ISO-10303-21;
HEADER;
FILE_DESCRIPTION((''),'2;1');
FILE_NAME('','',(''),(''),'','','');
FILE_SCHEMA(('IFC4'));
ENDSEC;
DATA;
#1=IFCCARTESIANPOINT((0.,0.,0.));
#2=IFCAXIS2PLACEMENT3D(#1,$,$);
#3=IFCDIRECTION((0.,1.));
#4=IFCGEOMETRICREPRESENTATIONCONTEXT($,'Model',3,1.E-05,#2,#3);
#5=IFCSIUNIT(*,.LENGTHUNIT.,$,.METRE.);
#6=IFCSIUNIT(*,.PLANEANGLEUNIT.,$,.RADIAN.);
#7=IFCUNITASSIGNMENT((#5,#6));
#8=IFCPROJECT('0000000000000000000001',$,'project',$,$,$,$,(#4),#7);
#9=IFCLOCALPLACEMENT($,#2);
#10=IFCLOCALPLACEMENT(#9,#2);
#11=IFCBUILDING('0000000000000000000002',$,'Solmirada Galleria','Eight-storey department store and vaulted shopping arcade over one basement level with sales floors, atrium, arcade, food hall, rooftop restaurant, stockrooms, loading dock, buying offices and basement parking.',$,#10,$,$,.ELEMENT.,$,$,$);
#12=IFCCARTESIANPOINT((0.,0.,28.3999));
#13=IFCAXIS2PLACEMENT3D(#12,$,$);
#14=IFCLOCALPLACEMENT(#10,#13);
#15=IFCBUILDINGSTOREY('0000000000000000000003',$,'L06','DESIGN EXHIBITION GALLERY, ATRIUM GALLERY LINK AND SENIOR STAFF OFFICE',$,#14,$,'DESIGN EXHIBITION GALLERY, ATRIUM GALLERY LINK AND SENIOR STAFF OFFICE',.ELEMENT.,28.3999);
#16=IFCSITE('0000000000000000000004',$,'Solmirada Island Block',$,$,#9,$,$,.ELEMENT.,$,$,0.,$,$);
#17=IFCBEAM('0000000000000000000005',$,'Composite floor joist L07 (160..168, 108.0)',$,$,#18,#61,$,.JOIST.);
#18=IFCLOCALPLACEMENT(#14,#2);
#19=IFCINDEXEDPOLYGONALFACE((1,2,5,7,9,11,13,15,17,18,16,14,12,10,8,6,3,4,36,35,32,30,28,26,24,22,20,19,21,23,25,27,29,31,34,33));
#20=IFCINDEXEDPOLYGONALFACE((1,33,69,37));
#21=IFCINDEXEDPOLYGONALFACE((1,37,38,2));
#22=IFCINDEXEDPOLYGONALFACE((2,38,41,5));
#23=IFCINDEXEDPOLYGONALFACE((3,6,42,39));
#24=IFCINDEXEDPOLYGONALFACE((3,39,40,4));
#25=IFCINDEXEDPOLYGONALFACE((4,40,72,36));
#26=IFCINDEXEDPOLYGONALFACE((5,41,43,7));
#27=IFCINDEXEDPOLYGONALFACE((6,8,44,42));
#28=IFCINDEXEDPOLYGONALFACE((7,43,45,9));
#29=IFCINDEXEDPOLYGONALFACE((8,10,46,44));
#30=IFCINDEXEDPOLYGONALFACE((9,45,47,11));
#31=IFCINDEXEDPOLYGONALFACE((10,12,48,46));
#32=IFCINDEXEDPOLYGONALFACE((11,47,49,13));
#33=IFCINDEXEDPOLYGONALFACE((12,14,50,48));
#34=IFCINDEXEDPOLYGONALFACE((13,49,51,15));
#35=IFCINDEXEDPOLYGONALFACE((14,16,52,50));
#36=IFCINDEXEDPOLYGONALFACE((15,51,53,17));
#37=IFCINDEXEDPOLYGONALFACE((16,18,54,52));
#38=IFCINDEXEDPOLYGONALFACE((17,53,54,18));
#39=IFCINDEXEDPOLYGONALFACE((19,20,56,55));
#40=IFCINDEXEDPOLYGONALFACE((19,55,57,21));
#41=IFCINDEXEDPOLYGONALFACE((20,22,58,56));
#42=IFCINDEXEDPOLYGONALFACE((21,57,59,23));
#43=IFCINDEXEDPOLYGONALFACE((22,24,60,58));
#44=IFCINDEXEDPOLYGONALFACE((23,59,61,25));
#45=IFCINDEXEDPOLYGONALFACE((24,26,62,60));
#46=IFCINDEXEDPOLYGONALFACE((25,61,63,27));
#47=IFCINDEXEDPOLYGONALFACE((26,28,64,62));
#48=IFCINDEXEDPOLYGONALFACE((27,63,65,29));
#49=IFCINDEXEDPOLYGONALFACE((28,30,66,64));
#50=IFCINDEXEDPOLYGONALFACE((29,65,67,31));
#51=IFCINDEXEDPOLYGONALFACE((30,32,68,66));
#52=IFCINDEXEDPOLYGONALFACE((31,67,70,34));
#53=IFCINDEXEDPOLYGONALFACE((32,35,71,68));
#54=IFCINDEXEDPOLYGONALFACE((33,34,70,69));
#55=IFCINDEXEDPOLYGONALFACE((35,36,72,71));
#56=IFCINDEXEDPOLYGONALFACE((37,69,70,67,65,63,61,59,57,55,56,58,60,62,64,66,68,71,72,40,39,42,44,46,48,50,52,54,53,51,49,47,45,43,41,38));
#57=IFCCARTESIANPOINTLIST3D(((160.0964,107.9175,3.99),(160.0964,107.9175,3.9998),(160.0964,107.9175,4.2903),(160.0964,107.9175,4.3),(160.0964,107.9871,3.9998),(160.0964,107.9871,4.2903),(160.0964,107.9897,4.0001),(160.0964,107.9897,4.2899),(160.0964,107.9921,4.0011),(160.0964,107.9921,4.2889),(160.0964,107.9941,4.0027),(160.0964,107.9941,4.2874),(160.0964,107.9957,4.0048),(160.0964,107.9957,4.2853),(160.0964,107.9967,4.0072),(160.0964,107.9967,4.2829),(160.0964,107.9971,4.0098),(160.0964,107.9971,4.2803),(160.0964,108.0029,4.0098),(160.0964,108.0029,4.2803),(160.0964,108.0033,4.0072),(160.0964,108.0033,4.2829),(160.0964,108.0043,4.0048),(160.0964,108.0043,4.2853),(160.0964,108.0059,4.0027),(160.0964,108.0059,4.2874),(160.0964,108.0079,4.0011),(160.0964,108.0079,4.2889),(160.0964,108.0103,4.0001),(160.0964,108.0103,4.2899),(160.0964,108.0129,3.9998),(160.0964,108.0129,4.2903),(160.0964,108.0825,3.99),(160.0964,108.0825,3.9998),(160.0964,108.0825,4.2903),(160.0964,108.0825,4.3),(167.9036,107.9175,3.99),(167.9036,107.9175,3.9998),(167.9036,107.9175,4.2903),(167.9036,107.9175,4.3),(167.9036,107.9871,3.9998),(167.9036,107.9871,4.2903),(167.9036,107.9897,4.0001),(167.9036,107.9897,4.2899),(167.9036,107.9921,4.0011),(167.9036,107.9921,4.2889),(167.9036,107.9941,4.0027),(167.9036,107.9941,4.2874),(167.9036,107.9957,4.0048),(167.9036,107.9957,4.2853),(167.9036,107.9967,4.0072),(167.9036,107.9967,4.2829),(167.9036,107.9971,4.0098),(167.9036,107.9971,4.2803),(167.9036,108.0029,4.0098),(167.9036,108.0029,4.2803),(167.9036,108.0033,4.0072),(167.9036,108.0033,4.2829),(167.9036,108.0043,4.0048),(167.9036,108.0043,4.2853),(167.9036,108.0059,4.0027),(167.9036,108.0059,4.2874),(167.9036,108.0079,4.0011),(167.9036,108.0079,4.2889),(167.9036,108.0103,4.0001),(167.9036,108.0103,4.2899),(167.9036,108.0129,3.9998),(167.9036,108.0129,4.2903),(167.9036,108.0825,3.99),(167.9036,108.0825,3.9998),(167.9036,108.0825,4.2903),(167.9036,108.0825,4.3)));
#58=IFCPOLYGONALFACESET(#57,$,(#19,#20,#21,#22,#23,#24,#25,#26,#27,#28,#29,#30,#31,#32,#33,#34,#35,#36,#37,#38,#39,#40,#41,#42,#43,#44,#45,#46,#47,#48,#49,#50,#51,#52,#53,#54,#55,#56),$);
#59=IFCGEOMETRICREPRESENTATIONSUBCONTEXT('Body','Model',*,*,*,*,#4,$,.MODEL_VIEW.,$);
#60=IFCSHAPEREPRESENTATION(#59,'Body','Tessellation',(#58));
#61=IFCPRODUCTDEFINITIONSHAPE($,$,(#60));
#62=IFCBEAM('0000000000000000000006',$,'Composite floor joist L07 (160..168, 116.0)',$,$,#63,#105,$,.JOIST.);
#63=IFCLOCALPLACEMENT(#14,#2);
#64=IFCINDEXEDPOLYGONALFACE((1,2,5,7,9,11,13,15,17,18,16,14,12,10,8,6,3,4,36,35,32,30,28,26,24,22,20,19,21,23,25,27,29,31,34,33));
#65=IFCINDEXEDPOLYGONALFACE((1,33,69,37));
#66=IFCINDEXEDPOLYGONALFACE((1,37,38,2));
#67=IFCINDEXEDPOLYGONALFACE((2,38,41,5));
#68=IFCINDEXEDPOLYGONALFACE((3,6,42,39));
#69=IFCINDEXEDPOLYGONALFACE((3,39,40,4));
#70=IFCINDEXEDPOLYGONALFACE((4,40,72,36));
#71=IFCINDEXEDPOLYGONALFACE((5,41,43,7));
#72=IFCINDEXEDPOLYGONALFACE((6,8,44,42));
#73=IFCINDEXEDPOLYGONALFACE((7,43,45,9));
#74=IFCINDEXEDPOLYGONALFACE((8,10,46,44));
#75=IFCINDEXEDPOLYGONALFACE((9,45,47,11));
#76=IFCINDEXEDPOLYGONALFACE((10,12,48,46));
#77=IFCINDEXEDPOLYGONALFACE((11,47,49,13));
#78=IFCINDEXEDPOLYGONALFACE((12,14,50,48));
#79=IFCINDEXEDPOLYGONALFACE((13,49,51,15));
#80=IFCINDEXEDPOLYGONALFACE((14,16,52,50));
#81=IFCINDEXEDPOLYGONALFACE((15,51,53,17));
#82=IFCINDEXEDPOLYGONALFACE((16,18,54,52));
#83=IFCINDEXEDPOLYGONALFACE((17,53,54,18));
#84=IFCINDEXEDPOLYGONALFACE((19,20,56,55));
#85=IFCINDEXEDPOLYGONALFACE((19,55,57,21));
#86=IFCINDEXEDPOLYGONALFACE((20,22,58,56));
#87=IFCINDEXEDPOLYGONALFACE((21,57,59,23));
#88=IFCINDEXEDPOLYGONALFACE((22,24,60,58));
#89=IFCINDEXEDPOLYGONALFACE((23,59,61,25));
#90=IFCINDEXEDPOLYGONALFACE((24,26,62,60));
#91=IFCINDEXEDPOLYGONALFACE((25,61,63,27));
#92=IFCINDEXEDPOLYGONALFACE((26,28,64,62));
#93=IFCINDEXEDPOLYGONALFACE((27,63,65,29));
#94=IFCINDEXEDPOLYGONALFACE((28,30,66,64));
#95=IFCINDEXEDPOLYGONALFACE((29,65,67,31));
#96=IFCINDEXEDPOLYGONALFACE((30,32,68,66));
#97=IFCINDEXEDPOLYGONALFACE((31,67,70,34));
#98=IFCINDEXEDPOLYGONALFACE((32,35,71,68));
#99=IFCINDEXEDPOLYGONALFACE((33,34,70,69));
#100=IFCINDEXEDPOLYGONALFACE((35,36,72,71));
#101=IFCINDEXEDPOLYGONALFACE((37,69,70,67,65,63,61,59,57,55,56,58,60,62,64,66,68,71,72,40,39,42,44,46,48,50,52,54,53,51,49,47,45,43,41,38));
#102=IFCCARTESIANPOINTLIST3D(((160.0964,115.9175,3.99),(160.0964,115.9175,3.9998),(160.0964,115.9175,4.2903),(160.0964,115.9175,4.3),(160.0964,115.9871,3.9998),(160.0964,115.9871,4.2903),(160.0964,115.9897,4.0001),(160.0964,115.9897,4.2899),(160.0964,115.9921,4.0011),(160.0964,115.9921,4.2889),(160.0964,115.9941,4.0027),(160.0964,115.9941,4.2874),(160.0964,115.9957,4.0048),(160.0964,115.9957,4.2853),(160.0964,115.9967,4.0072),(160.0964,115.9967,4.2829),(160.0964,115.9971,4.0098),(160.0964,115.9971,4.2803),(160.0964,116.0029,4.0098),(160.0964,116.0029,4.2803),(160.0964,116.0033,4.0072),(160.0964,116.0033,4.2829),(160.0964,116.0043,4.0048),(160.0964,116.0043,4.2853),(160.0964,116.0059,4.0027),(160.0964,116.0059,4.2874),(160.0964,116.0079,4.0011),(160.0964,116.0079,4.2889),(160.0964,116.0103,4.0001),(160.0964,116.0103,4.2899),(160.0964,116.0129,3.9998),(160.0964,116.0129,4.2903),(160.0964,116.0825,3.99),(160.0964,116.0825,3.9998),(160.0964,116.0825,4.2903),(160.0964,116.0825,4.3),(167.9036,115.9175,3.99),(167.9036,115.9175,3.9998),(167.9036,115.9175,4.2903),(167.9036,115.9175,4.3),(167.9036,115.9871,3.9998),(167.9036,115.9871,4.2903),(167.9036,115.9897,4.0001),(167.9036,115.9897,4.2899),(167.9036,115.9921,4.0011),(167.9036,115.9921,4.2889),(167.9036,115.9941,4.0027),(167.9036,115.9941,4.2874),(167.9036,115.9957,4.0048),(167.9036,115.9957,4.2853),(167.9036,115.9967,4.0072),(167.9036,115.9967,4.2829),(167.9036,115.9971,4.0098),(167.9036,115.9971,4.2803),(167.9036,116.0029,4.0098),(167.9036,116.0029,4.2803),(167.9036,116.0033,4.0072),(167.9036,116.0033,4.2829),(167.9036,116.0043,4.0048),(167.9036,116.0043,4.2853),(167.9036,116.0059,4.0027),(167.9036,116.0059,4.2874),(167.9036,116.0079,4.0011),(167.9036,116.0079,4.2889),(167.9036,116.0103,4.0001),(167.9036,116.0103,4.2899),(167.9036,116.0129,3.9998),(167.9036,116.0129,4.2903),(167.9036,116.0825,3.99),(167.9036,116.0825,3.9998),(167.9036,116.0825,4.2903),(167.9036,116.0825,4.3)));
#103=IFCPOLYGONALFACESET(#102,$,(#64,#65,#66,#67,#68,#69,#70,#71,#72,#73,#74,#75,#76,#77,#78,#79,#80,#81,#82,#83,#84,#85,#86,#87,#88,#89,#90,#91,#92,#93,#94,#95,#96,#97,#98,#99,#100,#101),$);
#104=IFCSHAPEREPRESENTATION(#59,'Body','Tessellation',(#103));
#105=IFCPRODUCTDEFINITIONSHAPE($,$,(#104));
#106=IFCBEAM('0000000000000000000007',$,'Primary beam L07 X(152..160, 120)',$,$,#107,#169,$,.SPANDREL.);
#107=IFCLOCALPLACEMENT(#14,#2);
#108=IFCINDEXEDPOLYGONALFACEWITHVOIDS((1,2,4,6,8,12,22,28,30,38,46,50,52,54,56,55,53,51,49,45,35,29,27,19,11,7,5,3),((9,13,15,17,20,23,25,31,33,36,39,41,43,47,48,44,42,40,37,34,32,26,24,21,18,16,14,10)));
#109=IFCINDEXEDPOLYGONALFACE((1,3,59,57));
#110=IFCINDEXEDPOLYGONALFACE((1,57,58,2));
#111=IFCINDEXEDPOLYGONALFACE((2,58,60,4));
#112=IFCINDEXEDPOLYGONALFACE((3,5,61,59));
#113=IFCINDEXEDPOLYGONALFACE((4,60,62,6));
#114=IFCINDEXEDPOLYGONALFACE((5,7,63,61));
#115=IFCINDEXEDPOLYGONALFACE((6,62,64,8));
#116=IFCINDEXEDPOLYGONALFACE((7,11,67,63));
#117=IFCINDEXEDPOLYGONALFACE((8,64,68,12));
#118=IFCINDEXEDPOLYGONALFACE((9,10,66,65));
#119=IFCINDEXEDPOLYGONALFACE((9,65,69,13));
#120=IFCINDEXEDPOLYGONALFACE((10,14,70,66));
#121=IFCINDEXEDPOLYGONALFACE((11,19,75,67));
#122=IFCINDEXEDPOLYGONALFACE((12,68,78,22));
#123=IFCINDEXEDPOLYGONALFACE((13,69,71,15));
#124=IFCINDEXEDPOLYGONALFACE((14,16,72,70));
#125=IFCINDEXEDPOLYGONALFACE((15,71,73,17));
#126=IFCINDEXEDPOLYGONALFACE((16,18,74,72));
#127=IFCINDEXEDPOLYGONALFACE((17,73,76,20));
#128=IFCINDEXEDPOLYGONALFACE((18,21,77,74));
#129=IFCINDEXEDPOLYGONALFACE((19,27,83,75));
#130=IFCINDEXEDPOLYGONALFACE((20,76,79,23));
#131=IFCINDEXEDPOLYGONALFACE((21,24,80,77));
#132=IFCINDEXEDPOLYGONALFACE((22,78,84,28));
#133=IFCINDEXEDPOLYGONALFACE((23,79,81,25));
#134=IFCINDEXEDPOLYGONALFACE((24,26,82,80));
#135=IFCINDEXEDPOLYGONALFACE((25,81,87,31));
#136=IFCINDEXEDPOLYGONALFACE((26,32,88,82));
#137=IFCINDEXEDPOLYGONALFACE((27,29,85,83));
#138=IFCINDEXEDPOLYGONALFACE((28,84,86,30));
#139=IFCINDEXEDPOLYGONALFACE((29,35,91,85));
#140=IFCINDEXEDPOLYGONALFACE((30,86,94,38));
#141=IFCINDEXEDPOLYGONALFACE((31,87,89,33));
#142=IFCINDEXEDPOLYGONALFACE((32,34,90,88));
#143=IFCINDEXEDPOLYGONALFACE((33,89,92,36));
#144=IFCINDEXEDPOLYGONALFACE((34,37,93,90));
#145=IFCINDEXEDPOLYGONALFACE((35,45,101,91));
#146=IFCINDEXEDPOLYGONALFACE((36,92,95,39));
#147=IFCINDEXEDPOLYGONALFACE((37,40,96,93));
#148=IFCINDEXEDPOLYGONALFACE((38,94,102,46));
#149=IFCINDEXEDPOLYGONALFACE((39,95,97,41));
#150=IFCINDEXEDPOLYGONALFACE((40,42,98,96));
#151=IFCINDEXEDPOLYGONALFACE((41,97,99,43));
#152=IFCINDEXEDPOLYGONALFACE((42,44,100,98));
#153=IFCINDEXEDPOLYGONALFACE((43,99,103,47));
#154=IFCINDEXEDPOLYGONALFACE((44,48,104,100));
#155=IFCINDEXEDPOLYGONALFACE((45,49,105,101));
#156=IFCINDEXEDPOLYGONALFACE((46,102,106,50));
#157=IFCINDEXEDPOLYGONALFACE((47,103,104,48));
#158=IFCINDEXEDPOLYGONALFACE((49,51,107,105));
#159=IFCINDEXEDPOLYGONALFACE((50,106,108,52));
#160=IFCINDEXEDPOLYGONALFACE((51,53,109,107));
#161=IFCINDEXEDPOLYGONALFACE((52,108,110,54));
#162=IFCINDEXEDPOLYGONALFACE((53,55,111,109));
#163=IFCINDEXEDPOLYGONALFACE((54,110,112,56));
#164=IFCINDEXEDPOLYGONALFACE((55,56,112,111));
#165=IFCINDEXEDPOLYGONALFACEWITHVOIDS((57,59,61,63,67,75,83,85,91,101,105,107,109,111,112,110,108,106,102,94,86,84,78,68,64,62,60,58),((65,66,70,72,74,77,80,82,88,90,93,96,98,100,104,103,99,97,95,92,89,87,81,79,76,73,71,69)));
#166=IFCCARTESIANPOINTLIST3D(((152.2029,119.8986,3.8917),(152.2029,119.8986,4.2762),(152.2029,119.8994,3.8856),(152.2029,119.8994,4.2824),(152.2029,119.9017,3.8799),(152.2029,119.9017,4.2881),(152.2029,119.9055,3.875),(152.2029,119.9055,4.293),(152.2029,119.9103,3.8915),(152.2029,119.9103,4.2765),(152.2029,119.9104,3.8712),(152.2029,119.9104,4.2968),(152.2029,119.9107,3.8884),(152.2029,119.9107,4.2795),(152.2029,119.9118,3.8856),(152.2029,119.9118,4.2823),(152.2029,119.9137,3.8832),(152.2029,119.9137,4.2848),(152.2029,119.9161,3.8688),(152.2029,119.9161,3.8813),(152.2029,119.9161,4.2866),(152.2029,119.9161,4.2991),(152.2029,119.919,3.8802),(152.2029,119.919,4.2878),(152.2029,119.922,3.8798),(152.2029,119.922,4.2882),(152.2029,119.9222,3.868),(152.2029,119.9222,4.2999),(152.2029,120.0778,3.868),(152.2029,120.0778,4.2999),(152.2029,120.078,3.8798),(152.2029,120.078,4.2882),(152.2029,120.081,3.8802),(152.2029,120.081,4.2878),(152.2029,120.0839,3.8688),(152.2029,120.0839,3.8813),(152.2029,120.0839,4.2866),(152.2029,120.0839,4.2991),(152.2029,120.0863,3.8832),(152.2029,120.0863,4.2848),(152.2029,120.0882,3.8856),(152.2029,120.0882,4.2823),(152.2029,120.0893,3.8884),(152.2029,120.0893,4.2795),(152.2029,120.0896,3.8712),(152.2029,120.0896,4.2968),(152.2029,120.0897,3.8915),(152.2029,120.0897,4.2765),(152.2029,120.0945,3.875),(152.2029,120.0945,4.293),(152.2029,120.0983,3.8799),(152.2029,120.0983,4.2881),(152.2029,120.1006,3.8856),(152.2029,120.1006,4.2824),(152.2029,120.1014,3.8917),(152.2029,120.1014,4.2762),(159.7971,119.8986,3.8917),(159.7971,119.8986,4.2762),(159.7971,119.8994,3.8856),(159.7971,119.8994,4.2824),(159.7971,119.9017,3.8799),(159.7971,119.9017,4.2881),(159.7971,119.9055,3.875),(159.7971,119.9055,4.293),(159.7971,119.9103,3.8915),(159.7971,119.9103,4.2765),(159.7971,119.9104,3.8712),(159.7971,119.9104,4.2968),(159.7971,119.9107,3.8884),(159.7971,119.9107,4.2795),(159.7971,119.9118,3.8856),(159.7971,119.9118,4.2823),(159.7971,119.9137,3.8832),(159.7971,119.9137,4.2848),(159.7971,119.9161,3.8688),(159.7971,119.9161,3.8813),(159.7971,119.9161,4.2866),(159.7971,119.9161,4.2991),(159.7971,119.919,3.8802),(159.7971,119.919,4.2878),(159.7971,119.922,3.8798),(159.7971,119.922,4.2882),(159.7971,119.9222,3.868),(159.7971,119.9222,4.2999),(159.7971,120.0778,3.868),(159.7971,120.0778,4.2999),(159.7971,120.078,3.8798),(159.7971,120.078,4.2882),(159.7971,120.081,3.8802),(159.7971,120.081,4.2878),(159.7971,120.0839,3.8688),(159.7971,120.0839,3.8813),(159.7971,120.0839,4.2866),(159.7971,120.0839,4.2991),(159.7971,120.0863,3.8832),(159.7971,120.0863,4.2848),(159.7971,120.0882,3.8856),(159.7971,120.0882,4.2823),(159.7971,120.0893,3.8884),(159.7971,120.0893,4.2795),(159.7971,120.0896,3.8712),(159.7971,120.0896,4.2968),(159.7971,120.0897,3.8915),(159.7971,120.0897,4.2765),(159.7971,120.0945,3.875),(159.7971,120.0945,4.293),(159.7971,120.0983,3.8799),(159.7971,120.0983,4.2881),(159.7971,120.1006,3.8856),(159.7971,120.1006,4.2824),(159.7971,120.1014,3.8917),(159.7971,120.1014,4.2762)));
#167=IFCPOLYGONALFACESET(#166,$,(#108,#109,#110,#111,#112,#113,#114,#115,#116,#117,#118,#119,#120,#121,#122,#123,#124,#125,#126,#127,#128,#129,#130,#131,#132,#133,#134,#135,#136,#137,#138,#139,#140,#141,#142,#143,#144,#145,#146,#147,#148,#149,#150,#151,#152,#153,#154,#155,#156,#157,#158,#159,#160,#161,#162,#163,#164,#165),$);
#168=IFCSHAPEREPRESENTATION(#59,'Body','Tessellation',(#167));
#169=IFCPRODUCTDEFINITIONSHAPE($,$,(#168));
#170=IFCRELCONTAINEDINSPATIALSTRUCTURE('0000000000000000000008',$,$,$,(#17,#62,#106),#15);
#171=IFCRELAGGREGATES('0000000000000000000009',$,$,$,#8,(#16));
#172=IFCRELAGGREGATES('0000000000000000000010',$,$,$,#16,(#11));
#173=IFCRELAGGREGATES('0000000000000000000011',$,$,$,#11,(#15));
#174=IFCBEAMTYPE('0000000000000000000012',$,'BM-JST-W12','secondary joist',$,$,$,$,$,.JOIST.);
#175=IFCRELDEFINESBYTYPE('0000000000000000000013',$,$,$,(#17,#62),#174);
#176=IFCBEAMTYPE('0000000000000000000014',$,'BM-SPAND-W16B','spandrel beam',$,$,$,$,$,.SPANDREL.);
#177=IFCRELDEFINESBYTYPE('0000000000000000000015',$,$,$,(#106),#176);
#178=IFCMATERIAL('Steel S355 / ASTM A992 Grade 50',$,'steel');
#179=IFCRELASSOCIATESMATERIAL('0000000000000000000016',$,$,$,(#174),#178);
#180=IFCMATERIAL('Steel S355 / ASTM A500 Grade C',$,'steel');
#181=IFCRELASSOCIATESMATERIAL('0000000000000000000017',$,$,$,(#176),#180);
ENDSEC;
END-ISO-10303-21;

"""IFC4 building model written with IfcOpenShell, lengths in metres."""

from ifc_helpers import new_model, si_unit, direction, frame, origin, origin_2d, place, context, subcontext, project, spatial, hollow_rectangle, i_section, extrude, material, material_profile, profile_set, type_object, element, save


model = new_model("IFC4")

# Units and contexts
model_context = context("Model", 3, precision=1e-05, world=origin(), true_north=direction((0.0, 1.0)))
body_context = subcontext(model_context, "Body", "Model", "MODEL_VIEW")
ifc_project = project(units=[si_unit("LENGTHUNIT", "METRE"), si_unit("PLANEANGLEUNIT", "RADIAN")], contexts=[model_context])

# Site, building, storey
site_placement = place(None, origin())
site = spatial("IfcSite", under=ifc_project, at=site_placement, Name="Solmirada Island Block", CompositionType="ELEMENT", RefElevation=0.0)
building_placement = place(site_placement, origin())
building = spatial("IfcBuilding", under=site, at=building_placement, Name="Solmirada Galleria", Description="Eight-storey department store and vaulted shopping arcade over one basement level with sales floors, atrium, arcade, food hall, rooftop restaurant, stockrooms, loading dock, buying offices and basement parking.", CompositionType="ELEMENT")
storey_placement = place(building_placement, frame((0.0, 0.0, 28.3999)))
storey = spatial("IfcBuildingStorey", under=building, at=storey_placement, Name="L06", Description="DESIGN EXHIBITION GALLERY, ATRIUM GALLERY LINK AND SENIOR STAFF OFFICE", LongName="DESIGN EXHIBITION GALLERY, ATRIUM GALLERY LINK AND SENIOR STAFF OFFICE", CompositionType="ELEMENT", Elevation=28.3999)

# Shared definitions
ifc_material_1 = material(Name="Steel S355 / ASTM A500 Grade C", Category="steel")

# Beams
ifc_material_2 = material(Name="Steel S355 / ASTM A992 Grade 50", Category="steel")
ifc_material_profile_1 = material_profile(ifc_material_2, i_section(OverallWidth=0.165, OverallDepth=0.3101, WebThickness=0.0059, FlangeThickness=0.0098, FilletRadius=0.01, at=origin_2d()), Name="W12X26")
ifc_profile_set_1 = profile_set([ifc_material_profile_1], Name="Steel S355 / ASTM A992 Grade 50")
beam_type_1 = type_object("IfcBeamType", Name="BM-JST-W12", Description="secondary joist", PredefinedType="JOIST", material=ifc_profile_set_1)
for number, where, z_axis, x_axis, name in (
    (1, (160.0964, 108.0, 4.145), (1.0, 0.0, 0.0), (0.0, 1.0, 0.0), "Composite floor joist L07 (160..168, 108.0)"),
    (2, (160.0964, 116.0, 4.145), (1.0, 0.0, 0.0), (0.0, 1.0, 0.0), "Composite floor joist L07 (160..168, 116.0)"),
):
    element("IfcBeam", number, at=place(storey_placement, frame(where, z_axis=z_axis, x_axis=x_axis)), inside=storey, type_object=beam_type_1, Name=name, PredefinedType="JOIST", context=body_context, shape_type="SweptSolid", body=[
        extrude(i_section(OverallWidth=0.165, OverallDepth=0.3101, WebThickness=0.0059, FlangeThickness=0.0098, FilletRadius=0.01, at=origin_2d()), origin(), (0.0, 0.0, 1.0), 7.8071),
    ])
ifc_material_profile_2 = material_profile(ifc_material_1, hollow_rectangle(XDim=0.2029, YDim=0.4319, WallThickness=0.0117, InnerFilletRadius=0.0117, OuterFilletRadius=0.0237, at=origin_2d()), Name="HSS17X8X1/2")
ifc_profile_set_2 = profile_set([ifc_material_profile_2], Name="Steel S355 / ASTM A500 Grade C")
beam_type_2 = type_object("IfcBeamType", Name="BM-SPAND-W16B", Description="spandrel beam", PredefinedType="SPANDREL", material=ifc_profile_set_2)
for number, where, z_axis, x_axis, name in (
    (3, (152.2029, 120.0, 4.084), (1.0, 0.0, 0.0), (0.0, 1.0, 0.0), "Primary beam L07 X(152..160, 120)"),
):
    element("IfcBeam", number, at=place(storey_placement, frame(where, z_axis=z_axis, x_axis=x_axis)), inside=storey, type_object=beam_type_2, Name=name, PredefinedType="SPANDREL", context=body_context, shape_type="SweptSolid", body=[
        extrude(hollow_rectangle(XDim=0.2029, YDim=0.4319, WallThickness=0.0117, InnerFilletRadius=0.0117, OuterFilletRadius=0.0237, at=origin_2d()), origin(), (0.0, 0.0, 1.0), 7.5942),
    ])

save(model, "model.ifc")
